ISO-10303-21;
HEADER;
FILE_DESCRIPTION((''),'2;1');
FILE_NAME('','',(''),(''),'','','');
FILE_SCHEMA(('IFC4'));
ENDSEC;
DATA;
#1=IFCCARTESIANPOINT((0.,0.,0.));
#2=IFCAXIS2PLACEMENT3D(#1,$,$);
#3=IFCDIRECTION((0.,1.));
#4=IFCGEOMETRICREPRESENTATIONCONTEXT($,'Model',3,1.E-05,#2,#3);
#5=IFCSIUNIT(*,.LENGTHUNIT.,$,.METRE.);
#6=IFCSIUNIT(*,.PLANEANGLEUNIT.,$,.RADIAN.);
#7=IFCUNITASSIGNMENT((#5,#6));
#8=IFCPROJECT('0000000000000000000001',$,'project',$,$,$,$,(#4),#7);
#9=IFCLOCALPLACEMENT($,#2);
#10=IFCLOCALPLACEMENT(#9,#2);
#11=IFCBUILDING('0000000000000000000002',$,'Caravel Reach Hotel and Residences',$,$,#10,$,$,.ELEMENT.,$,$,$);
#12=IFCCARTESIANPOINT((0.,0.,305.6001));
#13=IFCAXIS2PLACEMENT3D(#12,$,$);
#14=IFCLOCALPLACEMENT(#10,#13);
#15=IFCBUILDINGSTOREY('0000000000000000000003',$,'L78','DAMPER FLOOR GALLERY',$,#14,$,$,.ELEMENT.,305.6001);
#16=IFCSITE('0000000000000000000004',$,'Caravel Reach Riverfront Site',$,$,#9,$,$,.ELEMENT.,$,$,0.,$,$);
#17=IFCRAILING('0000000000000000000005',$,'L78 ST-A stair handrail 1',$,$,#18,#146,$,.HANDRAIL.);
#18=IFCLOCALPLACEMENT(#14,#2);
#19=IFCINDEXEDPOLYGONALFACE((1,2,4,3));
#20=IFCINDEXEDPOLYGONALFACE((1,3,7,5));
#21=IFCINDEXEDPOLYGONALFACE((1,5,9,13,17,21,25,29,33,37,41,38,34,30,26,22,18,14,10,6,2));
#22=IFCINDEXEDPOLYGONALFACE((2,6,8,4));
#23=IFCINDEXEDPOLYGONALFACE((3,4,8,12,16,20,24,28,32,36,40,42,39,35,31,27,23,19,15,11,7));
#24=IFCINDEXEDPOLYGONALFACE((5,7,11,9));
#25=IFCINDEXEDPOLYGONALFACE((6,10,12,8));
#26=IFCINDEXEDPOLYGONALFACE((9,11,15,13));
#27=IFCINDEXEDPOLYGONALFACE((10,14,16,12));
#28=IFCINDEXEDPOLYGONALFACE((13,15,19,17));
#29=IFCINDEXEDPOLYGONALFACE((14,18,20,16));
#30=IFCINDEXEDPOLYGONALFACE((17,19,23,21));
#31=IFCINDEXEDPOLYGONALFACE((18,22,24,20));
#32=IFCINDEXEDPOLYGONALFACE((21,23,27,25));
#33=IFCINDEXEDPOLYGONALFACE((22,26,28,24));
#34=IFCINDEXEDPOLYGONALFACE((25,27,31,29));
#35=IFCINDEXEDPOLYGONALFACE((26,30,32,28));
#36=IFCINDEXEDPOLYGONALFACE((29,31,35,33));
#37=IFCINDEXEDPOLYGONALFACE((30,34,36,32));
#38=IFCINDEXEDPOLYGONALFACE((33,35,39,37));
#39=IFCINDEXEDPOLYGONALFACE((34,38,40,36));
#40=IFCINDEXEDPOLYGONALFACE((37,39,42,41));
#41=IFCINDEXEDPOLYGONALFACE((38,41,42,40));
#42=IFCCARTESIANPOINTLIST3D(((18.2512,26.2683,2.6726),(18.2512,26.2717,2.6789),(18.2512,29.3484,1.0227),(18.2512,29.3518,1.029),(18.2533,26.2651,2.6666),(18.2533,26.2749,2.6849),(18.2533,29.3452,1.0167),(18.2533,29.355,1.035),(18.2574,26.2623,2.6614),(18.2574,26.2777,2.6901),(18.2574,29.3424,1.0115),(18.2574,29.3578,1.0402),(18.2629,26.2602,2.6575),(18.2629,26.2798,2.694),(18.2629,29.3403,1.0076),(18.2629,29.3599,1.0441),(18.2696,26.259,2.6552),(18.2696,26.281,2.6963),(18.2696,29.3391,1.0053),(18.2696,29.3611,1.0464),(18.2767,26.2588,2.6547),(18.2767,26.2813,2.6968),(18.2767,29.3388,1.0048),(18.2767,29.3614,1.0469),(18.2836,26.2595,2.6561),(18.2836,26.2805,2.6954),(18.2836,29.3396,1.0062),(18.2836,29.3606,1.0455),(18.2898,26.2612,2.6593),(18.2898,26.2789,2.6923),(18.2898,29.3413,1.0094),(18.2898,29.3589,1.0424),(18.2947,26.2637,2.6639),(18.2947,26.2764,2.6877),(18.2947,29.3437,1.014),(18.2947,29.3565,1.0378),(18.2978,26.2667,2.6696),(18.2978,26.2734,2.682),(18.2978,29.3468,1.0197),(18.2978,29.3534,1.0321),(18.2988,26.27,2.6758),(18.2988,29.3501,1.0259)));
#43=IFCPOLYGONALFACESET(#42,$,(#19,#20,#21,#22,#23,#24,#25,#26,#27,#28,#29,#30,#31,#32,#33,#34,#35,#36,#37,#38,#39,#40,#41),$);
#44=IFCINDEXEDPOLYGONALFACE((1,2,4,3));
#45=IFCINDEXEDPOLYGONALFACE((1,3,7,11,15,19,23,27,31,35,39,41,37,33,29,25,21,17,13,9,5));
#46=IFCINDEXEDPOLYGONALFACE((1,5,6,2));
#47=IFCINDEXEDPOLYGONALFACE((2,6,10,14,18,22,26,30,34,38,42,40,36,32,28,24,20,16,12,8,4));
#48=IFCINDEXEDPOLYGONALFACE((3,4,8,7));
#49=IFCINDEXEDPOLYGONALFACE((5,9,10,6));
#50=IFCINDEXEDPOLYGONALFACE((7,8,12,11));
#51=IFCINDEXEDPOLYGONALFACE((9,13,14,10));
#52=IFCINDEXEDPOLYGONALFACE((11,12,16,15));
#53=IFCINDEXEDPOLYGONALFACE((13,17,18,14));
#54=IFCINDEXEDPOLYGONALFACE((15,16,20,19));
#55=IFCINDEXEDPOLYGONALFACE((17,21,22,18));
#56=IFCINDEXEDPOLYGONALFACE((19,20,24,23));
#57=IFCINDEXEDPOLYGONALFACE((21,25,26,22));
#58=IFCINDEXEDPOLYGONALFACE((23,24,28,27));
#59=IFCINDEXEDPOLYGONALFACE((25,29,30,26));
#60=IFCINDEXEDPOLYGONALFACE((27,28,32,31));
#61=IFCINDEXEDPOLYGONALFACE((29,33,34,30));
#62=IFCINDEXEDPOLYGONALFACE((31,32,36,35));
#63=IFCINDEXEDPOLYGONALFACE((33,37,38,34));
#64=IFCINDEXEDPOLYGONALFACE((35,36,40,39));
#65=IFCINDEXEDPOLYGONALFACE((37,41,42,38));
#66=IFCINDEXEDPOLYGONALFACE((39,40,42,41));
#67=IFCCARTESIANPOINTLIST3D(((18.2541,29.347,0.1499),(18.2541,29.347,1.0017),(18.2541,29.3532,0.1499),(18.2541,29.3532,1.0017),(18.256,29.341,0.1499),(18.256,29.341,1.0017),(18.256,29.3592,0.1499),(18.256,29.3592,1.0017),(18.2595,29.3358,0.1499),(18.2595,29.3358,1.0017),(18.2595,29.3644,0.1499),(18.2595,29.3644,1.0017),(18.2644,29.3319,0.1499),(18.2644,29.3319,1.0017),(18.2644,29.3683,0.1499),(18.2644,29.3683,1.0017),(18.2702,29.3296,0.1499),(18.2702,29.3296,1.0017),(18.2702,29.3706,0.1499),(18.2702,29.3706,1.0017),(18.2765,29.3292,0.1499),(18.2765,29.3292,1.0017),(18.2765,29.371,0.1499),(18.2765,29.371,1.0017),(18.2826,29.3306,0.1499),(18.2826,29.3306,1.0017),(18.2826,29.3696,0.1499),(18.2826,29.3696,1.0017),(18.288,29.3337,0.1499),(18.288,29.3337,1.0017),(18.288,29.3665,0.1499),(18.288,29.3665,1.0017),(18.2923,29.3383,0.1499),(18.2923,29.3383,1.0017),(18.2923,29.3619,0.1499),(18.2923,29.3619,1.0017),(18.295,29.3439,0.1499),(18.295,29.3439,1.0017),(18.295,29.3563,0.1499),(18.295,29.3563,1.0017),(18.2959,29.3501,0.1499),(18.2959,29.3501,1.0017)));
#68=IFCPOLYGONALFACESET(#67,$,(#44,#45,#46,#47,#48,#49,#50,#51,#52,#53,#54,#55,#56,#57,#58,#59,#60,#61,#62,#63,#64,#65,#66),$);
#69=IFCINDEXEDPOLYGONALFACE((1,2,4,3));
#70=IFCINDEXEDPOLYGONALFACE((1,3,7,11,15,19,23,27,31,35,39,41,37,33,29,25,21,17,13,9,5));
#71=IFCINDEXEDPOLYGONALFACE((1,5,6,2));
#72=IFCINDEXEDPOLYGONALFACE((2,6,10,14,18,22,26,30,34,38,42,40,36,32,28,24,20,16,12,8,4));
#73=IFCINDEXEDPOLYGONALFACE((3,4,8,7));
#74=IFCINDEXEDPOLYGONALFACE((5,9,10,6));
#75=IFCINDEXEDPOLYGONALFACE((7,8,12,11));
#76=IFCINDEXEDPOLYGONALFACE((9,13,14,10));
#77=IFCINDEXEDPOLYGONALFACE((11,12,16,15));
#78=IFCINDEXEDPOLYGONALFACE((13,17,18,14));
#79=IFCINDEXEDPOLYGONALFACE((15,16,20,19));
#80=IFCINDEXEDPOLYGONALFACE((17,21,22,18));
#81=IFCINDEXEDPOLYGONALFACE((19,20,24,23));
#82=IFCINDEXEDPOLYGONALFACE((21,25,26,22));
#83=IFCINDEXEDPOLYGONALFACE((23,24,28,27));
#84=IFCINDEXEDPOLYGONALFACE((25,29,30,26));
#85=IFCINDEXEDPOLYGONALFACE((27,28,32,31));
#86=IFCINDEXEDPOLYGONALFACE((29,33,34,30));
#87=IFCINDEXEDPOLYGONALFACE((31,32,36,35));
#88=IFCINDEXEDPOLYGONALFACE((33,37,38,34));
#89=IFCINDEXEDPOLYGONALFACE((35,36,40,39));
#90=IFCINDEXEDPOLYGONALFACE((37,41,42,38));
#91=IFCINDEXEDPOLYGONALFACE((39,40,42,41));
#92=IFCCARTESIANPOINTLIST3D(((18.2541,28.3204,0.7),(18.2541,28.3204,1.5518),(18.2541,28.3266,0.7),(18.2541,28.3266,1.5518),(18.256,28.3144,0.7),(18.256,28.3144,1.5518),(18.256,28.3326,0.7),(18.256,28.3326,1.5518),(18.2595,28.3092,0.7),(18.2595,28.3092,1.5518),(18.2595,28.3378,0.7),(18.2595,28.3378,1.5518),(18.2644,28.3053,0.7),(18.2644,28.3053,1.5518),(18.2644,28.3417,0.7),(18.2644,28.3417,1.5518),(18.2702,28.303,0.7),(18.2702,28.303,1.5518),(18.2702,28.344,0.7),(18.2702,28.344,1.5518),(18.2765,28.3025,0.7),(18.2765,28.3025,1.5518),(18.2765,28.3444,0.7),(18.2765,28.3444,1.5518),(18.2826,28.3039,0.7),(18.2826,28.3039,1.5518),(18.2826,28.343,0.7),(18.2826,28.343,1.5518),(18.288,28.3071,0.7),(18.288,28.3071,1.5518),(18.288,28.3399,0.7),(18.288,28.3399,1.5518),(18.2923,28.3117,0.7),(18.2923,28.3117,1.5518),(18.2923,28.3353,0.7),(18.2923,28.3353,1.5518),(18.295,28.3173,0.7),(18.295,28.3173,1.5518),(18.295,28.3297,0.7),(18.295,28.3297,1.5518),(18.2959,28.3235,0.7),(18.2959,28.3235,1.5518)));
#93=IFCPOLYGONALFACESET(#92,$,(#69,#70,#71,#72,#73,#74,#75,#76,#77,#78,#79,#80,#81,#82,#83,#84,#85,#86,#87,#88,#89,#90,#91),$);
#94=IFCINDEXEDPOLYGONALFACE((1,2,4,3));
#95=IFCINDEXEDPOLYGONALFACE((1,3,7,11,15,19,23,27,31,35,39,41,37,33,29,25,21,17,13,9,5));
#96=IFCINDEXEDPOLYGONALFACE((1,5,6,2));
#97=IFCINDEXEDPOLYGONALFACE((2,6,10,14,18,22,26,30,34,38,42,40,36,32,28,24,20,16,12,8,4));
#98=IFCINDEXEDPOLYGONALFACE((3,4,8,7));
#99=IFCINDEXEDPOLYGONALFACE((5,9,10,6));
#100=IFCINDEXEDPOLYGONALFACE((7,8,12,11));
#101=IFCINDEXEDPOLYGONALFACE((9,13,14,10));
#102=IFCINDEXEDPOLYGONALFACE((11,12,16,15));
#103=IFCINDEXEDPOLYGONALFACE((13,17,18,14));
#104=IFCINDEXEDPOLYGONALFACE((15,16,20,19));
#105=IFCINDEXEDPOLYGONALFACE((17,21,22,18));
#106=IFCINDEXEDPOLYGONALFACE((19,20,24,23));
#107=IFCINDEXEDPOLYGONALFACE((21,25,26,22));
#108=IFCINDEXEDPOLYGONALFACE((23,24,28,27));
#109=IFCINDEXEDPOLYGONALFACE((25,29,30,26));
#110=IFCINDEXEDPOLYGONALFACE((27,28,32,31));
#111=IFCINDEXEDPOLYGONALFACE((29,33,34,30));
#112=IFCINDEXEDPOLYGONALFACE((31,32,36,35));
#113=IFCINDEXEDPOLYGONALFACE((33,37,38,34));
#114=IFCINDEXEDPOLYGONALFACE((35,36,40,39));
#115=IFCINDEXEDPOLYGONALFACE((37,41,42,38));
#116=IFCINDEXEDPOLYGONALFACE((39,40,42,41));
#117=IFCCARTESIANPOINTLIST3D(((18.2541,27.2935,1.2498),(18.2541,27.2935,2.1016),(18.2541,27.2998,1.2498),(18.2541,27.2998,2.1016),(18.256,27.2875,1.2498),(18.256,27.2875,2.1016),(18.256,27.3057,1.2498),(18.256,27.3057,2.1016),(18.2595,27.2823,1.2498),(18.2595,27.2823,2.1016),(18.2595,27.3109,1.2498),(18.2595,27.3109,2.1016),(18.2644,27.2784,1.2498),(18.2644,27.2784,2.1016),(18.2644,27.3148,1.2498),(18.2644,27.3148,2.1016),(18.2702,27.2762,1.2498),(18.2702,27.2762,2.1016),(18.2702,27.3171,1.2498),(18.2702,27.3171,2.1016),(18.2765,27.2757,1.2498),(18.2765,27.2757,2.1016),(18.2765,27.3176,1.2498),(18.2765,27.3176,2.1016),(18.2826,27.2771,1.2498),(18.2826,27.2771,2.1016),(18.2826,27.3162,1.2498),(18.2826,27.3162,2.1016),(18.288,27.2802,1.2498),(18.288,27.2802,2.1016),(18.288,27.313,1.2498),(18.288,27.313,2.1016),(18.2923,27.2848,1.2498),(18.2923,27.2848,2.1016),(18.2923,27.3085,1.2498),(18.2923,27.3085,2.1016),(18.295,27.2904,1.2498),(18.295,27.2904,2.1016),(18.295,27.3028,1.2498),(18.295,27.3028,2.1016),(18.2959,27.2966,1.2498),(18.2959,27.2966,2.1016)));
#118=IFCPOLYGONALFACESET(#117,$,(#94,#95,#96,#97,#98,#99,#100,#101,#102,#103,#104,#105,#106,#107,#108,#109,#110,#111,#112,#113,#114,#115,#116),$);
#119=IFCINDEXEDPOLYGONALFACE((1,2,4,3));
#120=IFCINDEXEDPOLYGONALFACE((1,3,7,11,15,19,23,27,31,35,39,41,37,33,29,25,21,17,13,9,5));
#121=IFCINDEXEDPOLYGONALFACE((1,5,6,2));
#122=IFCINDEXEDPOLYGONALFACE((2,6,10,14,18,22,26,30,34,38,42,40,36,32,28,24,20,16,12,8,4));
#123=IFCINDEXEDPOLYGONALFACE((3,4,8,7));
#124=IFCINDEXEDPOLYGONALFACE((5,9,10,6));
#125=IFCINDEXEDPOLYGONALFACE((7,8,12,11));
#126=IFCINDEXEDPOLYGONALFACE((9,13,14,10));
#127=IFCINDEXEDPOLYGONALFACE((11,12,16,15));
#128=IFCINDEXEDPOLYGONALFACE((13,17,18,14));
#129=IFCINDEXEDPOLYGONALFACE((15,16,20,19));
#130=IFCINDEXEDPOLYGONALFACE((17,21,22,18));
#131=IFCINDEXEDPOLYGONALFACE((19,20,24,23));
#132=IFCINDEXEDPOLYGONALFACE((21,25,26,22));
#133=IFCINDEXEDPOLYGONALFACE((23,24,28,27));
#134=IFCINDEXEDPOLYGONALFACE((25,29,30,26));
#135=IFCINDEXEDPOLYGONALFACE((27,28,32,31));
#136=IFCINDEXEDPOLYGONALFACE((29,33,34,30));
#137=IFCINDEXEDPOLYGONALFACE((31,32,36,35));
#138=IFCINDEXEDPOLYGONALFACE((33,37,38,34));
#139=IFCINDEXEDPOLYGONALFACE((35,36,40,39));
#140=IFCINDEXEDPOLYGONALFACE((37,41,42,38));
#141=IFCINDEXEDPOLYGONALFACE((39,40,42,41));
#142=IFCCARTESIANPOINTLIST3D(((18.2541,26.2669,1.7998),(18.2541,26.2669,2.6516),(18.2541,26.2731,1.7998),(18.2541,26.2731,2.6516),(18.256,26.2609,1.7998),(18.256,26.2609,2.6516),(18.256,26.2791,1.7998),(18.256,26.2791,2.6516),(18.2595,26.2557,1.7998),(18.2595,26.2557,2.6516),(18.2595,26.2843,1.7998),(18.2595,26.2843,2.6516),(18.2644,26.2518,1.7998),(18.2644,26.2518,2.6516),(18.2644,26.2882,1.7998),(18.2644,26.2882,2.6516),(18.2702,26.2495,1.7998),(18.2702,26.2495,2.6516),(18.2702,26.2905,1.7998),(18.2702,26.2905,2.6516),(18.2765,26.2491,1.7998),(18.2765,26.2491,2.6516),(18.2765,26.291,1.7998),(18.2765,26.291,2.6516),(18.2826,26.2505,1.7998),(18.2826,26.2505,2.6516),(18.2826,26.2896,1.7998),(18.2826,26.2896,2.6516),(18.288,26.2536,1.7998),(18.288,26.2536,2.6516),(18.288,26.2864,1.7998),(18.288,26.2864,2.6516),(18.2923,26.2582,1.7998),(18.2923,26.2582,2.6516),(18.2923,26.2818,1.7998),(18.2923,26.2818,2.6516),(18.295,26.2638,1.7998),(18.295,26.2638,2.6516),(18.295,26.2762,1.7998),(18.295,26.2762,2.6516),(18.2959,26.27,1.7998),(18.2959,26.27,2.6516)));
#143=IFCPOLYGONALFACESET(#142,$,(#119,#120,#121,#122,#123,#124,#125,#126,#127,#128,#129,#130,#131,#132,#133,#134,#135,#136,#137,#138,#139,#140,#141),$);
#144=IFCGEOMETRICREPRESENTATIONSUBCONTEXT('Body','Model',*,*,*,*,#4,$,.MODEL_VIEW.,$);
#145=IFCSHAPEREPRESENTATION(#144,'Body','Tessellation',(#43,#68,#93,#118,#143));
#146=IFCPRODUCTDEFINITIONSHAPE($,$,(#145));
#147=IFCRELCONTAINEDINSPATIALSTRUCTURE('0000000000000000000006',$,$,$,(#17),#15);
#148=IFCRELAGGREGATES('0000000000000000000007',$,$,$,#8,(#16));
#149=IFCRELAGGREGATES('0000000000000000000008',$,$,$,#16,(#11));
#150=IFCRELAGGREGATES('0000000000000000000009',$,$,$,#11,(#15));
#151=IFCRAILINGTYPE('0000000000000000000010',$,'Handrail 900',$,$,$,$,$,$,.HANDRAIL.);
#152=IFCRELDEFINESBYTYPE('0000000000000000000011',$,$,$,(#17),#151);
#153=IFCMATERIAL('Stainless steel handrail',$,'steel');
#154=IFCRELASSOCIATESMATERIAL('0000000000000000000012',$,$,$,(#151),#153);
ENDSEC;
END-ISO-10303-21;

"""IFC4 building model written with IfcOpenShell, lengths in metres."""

from ifc_helpers import new_model, si_unit, direction, frame, origin, origin_2d, place, context, subcontext, project, spatial, circle, extrude, material, type_object, element, save


model = new_model("IFC4")

# Units and contexts
model_context = context("Model", 3, precision=1e-05, world=origin(), true_north=direction((0.0, 1.0)))
body_context = subcontext(model_context, "Body", "Model", "MODEL_VIEW")
ifc_project = project(units=[si_unit("LENGTHUNIT", "METRE"), si_unit("PLANEANGLEUNIT", "RADIAN")], contexts=[model_context])

# Site, building, storey
site_placement = place(None, origin())
site = spatial("IfcSite", under=ifc_project, at=site_placement, Name="Caravel Reach Riverfront Site", CompositionType="ELEMENT", RefElevation=0.0)
building_placement = place(site_placement, origin())
building = spatial("IfcBuilding", under=site, at=building_placement, Name="Caravel Reach Hotel and Residences", CompositionType="ELEMENT")
storey_placement = place(building_placement, frame((0.0, 0.0, 305.6001)))
storey = spatial("IfcBuildingStorey", under=building, at=storey_placement, Name="L78", Description="DAMPER FLOOR GALLERY", CompositionType="ELEMENT", Elevation=305.6001)

# Railing
ifc_material_1 = material(Name="Stainless steel handrail", Category="steel")
railing_type_1 = type_object("IfcRailingType", Name="Handrail 900", PredefinedType="HANDRAIL", material=ifc_material_1)
for number, where, name in (
    (1, (18.2749, 29.3501, 0.1499), "L78 ST-A stair handrail 1"),
):
    element("IfcRailing", number, at=place(storey_placement, frame(where)), inside=storey, type_object=railing_type_1, Name=name, PredefinedType="HANDRAIL", context=body_context, shape_type="SweptSolid", body=[
        extrude(circle(Radius=0.0239, at=origin_2d()), frame((0.0, 0.0, 0.876), z_axis=(0.0, -0.881497, 0.47219), x_axis=(1.0, 0.0, 0.0)), (0.0, 0.0, 1.0), 3.4941),
        extrude(circle(Radius=0.021, at=origin_2d()), origin(), (0.0, 0.0, 1.0), 0.8518),
        extrude(circle(Radius=0.021, at=origin_2d()), frame((0.0, -1.0266, 0.55)), (0.0, 0.0, 1.0), 0.8518),
        extrude(circle(Radius=0.021, at=origin_2d()), frame((0.0, -2.0535, 1.0999)), (0.0, 0.0, 1.0), 0.8518),
        extrude(circle(Radius=0.021, at=origin_2d()), frame((0.0, -3.0801, 1.6499)), (0.0, 0.0, 1.0), 0.8518),
    ])

save(model, "model.ifc")
